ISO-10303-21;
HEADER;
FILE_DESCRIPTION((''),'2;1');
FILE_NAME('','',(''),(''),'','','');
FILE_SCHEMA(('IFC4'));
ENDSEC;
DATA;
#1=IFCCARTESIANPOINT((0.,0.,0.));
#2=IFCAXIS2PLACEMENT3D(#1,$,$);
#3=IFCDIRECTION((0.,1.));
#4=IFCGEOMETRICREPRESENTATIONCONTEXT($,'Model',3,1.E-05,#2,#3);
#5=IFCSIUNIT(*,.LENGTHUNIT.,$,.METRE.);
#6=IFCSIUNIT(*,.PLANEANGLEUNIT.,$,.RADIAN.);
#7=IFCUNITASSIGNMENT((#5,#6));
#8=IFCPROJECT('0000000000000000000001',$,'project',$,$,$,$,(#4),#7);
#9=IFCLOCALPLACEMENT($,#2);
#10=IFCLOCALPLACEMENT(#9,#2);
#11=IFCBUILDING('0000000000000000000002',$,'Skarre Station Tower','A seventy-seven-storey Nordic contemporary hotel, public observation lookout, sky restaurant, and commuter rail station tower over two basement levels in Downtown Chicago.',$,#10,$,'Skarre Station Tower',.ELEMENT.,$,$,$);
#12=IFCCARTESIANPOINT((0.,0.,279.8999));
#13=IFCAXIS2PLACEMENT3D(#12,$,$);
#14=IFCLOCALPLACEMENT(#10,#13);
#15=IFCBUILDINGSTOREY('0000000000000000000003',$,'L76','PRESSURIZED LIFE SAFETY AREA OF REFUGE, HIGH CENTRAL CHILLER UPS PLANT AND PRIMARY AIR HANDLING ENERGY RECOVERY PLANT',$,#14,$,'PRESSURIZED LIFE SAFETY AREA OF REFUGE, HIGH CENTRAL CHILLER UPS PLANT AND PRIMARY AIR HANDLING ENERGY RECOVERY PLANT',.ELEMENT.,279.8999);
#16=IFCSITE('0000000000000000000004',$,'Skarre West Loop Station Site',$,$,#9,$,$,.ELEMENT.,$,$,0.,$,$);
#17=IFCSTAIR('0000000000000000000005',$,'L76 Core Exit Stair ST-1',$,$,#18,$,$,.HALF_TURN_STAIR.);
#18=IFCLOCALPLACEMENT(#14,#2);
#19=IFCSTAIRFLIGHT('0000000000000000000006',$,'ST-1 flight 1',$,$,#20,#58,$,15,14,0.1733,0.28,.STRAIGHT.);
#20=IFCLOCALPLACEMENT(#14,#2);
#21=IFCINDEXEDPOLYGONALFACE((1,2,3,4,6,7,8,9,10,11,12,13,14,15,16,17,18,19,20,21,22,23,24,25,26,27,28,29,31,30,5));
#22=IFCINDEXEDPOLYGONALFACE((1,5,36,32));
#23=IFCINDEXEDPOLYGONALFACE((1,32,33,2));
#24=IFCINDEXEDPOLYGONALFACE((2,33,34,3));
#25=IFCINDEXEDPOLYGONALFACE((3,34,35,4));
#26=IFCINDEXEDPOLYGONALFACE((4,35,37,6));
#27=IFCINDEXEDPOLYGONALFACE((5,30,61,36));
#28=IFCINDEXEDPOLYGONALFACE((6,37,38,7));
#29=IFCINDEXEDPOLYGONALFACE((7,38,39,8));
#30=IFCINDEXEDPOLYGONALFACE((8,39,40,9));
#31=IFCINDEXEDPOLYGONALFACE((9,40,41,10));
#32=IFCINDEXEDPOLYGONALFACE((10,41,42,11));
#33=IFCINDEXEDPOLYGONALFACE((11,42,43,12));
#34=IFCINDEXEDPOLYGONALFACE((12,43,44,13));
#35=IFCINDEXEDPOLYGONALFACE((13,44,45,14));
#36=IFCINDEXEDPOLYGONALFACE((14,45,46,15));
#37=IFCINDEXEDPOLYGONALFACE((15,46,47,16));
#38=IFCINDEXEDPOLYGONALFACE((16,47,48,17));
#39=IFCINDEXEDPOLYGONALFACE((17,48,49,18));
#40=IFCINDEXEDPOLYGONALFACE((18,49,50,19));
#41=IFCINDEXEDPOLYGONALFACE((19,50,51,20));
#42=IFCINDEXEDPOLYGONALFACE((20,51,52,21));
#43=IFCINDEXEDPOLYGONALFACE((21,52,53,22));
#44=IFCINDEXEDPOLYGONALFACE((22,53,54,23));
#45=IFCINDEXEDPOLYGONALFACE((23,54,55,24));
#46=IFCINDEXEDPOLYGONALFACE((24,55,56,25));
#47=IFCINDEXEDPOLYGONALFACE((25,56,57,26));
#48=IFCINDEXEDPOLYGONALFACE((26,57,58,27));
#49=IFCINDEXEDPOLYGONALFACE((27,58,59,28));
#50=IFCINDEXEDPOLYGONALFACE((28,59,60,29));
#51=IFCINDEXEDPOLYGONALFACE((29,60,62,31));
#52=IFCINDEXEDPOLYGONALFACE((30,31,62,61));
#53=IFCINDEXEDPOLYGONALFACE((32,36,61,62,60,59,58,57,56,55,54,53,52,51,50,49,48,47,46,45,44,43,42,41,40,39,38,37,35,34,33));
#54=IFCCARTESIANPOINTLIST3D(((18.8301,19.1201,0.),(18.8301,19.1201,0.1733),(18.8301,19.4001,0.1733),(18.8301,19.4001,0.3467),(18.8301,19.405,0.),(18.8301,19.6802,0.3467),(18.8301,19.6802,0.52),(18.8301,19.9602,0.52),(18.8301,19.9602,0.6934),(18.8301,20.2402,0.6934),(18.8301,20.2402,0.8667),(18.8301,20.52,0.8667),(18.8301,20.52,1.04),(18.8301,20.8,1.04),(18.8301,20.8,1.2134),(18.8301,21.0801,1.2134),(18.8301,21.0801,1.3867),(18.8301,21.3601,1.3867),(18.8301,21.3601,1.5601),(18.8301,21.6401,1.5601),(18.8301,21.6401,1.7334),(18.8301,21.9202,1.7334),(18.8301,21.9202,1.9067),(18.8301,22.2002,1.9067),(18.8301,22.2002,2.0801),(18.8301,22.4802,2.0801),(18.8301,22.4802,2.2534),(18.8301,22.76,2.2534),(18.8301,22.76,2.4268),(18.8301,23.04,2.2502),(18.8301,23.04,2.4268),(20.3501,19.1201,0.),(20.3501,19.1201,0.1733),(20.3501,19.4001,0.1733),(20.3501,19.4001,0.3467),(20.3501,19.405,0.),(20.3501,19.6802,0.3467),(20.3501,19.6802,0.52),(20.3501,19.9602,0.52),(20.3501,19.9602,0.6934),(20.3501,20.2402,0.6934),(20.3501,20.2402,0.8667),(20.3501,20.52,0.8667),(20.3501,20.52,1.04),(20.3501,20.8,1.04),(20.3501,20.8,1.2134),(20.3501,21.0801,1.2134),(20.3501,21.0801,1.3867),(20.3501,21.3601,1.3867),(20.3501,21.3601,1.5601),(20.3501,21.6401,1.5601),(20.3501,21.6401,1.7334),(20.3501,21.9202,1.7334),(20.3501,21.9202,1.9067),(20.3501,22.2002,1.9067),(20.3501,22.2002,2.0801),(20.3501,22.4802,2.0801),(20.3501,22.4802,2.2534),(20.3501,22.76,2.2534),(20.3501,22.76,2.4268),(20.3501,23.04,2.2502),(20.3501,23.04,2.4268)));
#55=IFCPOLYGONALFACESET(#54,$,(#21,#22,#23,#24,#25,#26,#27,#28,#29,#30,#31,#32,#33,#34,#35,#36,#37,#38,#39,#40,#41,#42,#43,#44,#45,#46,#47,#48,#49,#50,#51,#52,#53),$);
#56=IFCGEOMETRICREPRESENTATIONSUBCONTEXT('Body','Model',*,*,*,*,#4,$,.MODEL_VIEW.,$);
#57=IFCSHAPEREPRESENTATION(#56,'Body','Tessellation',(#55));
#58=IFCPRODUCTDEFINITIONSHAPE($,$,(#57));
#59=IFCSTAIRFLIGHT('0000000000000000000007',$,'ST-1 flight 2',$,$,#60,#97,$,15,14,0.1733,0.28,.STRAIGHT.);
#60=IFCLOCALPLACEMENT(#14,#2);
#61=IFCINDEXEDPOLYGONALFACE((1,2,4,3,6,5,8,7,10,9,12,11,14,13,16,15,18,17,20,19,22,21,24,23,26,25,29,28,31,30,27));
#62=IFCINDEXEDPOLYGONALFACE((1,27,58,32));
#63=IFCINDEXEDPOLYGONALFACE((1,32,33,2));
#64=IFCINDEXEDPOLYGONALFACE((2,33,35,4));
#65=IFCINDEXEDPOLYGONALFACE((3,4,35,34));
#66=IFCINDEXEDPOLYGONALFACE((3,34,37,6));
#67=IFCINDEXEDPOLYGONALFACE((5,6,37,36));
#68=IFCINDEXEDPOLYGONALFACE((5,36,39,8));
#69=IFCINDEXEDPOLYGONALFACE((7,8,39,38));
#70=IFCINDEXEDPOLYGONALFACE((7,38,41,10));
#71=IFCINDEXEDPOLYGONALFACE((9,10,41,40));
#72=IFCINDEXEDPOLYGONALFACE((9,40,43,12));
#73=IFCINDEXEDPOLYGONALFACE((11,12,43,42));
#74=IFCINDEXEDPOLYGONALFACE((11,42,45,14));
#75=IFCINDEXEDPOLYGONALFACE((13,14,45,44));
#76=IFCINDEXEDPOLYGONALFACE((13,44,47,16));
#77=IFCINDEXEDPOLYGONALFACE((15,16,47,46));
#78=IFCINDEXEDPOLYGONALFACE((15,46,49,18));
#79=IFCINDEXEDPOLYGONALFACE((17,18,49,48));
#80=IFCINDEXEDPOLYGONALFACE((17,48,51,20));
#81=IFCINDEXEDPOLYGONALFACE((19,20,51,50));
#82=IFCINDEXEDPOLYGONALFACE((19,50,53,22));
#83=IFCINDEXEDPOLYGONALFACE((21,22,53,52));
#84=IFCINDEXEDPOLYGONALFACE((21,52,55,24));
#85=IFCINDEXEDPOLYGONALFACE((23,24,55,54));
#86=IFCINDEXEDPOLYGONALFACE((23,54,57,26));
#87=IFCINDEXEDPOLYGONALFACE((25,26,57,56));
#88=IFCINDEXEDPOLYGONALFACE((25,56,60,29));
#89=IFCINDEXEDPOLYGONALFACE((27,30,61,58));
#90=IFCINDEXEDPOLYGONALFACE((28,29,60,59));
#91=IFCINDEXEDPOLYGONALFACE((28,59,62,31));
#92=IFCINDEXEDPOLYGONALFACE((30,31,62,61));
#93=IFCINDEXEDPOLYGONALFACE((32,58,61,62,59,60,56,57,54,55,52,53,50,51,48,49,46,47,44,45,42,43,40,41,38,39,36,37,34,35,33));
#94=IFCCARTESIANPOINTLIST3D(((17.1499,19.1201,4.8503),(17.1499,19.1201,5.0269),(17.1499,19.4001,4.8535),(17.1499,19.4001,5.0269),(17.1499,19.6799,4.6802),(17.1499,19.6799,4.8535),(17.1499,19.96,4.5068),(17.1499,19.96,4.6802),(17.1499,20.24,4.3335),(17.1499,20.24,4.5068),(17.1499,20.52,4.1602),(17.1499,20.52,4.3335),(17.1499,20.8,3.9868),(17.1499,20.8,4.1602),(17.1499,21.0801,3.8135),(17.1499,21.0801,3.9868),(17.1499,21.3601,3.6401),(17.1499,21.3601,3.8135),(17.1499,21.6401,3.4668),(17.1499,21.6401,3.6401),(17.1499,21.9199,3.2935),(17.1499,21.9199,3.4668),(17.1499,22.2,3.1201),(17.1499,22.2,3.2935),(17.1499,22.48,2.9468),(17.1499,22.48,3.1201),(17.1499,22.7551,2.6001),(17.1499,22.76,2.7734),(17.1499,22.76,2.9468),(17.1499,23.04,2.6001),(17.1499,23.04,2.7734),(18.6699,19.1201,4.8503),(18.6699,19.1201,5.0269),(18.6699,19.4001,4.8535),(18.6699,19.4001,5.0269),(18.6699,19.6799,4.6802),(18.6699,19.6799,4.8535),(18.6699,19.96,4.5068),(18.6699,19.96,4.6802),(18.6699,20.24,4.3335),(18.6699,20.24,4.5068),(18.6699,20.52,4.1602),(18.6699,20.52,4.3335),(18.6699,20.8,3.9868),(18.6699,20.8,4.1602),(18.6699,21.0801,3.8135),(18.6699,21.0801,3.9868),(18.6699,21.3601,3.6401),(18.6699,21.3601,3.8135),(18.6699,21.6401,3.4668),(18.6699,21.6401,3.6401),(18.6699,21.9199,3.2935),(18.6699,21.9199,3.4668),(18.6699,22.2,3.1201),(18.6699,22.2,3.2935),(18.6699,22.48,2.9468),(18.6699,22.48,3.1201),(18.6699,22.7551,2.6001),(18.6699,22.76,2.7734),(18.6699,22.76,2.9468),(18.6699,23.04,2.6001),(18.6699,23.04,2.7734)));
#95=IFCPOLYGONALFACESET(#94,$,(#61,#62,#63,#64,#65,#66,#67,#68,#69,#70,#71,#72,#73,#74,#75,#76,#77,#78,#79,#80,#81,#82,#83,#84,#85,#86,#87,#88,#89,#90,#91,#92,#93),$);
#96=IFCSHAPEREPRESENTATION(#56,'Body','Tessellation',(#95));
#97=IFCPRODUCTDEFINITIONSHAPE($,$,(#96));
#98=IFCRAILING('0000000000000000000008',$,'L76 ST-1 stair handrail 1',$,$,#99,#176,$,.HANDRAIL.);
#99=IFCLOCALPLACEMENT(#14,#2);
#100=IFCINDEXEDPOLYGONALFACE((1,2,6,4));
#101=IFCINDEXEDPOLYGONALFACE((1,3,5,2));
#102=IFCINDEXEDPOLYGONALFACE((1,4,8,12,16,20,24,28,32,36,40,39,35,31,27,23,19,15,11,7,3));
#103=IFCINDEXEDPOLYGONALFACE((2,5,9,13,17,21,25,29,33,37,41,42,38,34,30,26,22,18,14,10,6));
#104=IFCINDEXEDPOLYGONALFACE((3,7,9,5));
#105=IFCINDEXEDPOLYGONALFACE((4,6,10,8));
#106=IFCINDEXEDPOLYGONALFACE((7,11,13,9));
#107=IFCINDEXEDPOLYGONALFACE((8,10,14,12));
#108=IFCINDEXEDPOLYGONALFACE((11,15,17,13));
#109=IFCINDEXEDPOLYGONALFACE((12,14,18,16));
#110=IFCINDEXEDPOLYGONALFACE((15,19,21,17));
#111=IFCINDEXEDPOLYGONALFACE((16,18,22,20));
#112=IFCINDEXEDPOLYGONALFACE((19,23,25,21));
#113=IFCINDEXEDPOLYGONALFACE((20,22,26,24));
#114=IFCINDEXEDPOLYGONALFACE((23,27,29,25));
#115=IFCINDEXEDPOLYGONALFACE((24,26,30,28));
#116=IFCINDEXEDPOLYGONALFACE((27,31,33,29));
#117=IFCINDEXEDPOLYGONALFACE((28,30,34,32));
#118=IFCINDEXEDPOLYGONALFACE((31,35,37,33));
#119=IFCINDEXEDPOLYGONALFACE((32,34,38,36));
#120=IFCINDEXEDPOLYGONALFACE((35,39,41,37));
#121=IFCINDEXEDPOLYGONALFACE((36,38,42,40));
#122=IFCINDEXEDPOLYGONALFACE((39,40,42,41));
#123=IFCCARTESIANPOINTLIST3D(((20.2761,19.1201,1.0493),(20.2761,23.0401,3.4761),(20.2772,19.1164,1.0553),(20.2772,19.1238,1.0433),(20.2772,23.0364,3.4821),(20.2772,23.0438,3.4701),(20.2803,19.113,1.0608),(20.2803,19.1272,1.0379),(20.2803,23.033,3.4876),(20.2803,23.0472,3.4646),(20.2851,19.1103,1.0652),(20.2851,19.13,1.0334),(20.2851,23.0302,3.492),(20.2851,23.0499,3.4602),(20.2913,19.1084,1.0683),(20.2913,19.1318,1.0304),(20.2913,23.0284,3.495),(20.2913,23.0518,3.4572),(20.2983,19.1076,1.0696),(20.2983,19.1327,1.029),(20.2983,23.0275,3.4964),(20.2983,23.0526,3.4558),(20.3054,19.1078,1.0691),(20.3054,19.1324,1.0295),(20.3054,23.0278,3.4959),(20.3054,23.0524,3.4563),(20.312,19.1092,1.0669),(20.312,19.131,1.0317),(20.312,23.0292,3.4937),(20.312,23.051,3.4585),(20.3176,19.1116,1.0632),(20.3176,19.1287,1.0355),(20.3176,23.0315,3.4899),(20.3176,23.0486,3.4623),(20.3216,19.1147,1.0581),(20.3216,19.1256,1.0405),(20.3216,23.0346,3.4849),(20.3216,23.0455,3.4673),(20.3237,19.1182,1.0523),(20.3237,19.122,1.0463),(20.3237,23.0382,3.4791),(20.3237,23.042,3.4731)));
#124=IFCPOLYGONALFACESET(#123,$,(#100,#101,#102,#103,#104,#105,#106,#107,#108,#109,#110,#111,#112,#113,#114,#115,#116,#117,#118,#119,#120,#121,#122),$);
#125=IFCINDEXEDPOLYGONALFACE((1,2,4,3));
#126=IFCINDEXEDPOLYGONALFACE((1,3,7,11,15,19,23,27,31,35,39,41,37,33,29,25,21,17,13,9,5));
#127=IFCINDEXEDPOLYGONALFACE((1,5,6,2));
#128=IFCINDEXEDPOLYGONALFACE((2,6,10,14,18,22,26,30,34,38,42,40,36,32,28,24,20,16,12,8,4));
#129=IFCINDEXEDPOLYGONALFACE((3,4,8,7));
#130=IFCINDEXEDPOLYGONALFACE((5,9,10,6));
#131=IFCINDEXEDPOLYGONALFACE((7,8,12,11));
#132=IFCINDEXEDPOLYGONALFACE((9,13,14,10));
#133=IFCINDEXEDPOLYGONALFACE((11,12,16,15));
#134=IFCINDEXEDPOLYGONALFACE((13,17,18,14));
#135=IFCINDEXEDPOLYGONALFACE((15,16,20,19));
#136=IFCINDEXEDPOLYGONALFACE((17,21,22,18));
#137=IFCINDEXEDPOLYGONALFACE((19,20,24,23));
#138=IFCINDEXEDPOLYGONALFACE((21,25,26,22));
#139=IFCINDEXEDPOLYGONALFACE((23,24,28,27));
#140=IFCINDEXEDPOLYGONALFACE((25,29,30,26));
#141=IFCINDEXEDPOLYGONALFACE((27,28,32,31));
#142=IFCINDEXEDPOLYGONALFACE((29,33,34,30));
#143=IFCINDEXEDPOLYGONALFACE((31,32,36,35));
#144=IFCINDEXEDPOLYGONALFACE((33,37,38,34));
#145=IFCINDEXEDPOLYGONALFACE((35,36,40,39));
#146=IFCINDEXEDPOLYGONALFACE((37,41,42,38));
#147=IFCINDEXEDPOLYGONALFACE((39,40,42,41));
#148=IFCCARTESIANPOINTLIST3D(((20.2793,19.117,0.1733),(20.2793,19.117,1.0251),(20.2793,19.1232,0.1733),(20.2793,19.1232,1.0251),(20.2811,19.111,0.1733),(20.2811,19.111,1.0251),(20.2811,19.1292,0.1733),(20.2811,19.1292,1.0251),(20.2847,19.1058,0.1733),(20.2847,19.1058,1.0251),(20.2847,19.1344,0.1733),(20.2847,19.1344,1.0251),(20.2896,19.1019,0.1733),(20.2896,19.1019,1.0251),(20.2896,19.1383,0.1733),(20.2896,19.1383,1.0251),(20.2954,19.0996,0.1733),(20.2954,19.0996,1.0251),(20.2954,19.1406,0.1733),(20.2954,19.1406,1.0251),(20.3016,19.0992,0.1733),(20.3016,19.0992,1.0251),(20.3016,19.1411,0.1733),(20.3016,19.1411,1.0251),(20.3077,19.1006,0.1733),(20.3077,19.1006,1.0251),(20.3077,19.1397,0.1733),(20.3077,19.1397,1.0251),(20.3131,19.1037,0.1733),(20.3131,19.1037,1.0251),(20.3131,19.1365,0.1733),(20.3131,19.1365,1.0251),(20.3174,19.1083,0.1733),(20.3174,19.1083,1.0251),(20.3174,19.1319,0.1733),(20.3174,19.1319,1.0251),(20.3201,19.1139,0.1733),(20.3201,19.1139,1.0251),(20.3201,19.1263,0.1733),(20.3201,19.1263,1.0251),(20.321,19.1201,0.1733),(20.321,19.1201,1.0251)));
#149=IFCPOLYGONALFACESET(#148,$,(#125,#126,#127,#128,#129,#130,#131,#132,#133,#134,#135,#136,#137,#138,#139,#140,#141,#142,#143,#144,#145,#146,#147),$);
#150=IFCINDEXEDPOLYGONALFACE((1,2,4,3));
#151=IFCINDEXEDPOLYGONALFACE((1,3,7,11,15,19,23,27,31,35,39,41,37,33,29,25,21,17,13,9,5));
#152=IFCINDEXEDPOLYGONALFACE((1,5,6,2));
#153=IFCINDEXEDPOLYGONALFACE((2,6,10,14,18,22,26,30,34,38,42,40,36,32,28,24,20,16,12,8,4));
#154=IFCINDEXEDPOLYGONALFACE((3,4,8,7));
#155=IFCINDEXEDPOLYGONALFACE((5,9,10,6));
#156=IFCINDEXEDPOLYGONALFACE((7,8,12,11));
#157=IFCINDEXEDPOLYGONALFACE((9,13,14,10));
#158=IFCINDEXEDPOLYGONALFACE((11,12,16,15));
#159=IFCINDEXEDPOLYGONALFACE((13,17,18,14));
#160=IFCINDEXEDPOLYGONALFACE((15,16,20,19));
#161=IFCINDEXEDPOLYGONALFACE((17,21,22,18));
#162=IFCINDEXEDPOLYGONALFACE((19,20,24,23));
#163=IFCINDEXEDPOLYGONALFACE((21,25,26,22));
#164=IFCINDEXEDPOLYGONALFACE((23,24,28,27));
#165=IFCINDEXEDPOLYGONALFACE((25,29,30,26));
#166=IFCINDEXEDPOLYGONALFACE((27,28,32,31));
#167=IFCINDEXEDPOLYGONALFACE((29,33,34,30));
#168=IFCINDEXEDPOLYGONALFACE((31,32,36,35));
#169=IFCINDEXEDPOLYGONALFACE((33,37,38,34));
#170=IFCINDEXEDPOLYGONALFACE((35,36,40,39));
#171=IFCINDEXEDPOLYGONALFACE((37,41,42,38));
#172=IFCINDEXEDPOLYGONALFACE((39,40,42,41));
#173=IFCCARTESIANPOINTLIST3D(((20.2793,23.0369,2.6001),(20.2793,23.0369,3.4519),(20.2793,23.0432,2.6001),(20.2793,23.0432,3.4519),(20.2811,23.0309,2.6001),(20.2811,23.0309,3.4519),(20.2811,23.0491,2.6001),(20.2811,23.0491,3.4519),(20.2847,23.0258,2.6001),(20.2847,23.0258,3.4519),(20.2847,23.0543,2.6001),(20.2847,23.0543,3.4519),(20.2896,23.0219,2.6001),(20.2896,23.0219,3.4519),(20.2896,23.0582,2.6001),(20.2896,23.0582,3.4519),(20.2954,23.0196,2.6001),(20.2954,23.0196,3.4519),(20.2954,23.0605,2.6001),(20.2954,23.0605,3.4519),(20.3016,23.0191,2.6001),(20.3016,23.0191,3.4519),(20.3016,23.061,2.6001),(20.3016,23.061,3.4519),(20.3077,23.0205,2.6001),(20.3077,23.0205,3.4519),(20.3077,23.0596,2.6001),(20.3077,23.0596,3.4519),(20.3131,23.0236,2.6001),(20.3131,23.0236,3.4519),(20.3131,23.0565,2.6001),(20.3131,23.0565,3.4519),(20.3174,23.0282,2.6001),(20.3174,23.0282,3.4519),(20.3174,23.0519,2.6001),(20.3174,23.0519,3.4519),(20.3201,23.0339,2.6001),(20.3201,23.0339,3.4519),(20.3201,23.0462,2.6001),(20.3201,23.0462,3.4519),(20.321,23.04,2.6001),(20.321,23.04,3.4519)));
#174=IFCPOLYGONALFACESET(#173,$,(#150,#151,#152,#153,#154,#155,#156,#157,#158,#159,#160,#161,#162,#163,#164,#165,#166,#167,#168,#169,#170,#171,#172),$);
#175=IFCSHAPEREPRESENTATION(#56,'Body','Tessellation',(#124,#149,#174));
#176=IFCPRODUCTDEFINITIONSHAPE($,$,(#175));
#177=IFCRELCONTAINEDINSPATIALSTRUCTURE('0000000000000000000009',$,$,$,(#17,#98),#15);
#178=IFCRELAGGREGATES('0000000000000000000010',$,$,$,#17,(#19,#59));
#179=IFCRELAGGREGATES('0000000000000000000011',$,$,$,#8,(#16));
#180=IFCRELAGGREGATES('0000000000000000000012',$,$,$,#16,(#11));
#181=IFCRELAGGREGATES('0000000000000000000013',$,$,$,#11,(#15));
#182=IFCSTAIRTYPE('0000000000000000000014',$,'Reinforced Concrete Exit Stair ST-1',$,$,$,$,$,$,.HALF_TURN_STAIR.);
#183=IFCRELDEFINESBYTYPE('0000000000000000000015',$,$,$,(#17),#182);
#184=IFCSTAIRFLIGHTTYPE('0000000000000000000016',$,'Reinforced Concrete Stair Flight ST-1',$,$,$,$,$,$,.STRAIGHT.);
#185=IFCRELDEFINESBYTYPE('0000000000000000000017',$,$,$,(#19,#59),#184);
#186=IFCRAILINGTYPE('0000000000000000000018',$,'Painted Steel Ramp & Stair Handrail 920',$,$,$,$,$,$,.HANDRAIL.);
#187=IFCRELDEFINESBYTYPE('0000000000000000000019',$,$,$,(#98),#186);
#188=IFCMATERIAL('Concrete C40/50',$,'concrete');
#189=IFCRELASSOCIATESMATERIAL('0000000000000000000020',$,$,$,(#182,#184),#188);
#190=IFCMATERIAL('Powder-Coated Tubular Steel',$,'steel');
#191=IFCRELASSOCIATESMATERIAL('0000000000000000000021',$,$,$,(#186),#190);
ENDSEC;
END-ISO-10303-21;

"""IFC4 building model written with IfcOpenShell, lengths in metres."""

from ifc_helpers import new_model, si_unit, direction, frame, origin, origin_2d, place, context, subcontext, project, spatial, polyline, circle, outline, extrude, material, type_object, element, aggregate, save


model = new_model("IFC4")

# Units and contexts
model_context = context("Model", 3, precision=1e-05, world=origin(), true_north=direction((0.0, 1.0)))
body_context = subcontext(model_context, "Body", "Model", "MODEL_VIEW")
ifc_project = project(units=[si_unit("LENGTHUNIT", "METRE"), si_unit("PLANEANGLEUNIT", "RADIAN")], contexts=[model_context])

# Site, building, storey
site_placement = place(None, origin())
site = spatial("IfcSite", under=ifc_project, at=site_placement, Name="Skarre West Loop Station Site", CompositionType="ELEMENT", RefElevation=0.0)
building_placement = place(site_placement, origin())
building = spatial("IfcBuilding", under=site, at=building_placement, Name="Skarre Station Tower", Description="A seventy-seven-storey Nordic contemporary hotel, public observation lookout, sky restaurant, and commuter rail station tower over two basement levels in Downtown Chicago.", LongName="Skarre Station Tower", CompositionType="ELEMENT")
storey_placement = place(building_placement, frame((0.0, 0.0, 279.8999)))
storey = spatial("IfcBuildingStorey", under=building, at=storey_placement, Name="L76", Description="PRESSURIZED LIFE SAFETY AREA OF REFUGE, HIGH CENTRAL CHILLER UPS PLANT AND PRIMARY AIR HANDLING ENERGY RECOVERY PLANT", LongName="PRESSURIZED LIFE SAFETY AREA OF REFUGE, HIGH CENTRAL CHILLER UPS PLANT AND PRIMARY AIR HANDLING ENERGY RECOVERY PLANT", CompositionType="ELEMENT", Elevation=279.8999)

# Stair
ifc_material_1 = material(Name="Concrete C40/50", Category="concrete")
stair_type_1 = type_object("IfcStairType", Name="Reinforced Concrete Exit Stair ST-1", PredefinedType="HALF_TURN_STAIR", material=ifc_material_1)
stair_1_placement = place(storey_placement, origin())
stair_1 = element("IfcStair", 1, at=stair_1_placement, inside=storey, type_object=stair_type_1, Name="L76 Core Exit Stair ST-1", PredefinedType="HALF_TURN_STAIR")

# Stair flights
stair_flight_type = type_object("IfcStairFlightType", Name="Reinforced Concrete Stair Flight ST-1", PredefinedType="STRAIGHT", material=ifc_material_1)
stair_flight_1_placement = place(storey_placement, frame((19.5901, 19.1201, 0.0), z_axis=(0.0, 0.0, 1.0), x_axis=(0.0, 1.0, 0.0)))
stair_flight_1 = element("IfcStairFlight", 2, at=stair_flight_1_placement, type_object=stair_flight_type, Name="ST-1 flight 1", NumberOfRisers=15, NumberOfTreads=14, PredefinedType="STRAIGHT", RiserHeight=0.1733, TreadLength=0.28, context=body_context, shape_type="SweptSolid", body=[
    extrude(outline(polyline([(0.0, 0.0), (0.0, 0.1733), (0.28, 0.1733), (0.28, 0.3467), (0.5601, 0.3467), (0.5601, 0.52), (0.8401, 0.52), (0.8401, 0.6934), (1.1201, 0.6934), (1.1201, 0.8667), (1.3999, 0.8667), (1.3999, 1.04), (1.6799, 1.04), (1.6799, 1.2134), (1.96, 1.2134), (1.96, 1.3867), (2.24, 1.3867), (2.24, 1.5601), (2.52, 1.5601), (2.52, 1.7334), (2.8, 1.7334), (2.8, 1.9067), (3.0801, 1.9067), (3.0801, 2.0801), (3.3601, 2.0801), (3.3601, 2.2534), (3.6399, 2.2534), (3.6399, 2.4268), (3.9199, 2.4268), (3.9199, 2.6001), (3.9199, 2.2502), (0.2849, 0.0), (0.0, 0.0)])), frame((0.0, 0.76, 0.0), z_axis=(0.0, -1.0, 0.0), x_axis=(1.0, 0.0, 0.0)), (0.0, 0.0, 1.0), 1.52),
])
stair_flight_2_placement = place(storey_placement, frame((17.9099, 23.04, 2.6001), z_axis=(0.0, 0.0, 1.0), x_axis=(0.0, -1.0, 0.0)))
stair_flight_2 = element("IfcStairFlight", 3, at=stair_flight_2_placement, type_object=stair_flight_type, Name="ST-1 flight 2", NumberOfRisers=15, NumberOfTreads=14, PredefinedType="STRAIGHT", RiserHeight=0.1733, TreadLength=0.28, context=body_context, shape_type="SweptSolid", body=[
    extrude(outline(polyline([(0.0, 0.0), (0.0, 0.1733), (0.28, 0.1733), (0.28, 0.3467), (0.5601, 0.3467), (0.5601, 0.52), (0.8401, 0.52), (0.8401, 0.6934), (1.1201, 0.6934), (1.1201, 0.8667), (1.3999, 0.8667), (1.3999, 1.04), (1.6799, 1.04), (1.6799, 1.2134), (1.96, 1.2134), (1.96, 1.3867), (2.24, 1.3867), (2.24, 1.5601), (2.52, 1.5601), (2.52, 1.7334), (2.8, 1.7334), (2.8, 1.9067), (3.0801, 1.9067), (3.0801, 2.0801), (3.3601, 2.0801), (3.3601, 2.2534), (3.6399, 2.2534), (3.6399, 2.4268), (3.9199, 2.4268), (3.9199, 2.6001), (3.9199, 2.2502), (0.2849, 0.0), (0.0, 0.0)])), frame((0.0, 0.76, 0.0), z_axis=(0.0, -1.0, 0.0), x_axis=(1.0, 0.0, 0.0)), (0.0, 0.0, 1.0), 1.52),
])
aggregate(stair_1, [stair_flight_1, stair_flight_2])

# Railing
ifc_material_2 = material(Name="Powder-Coated Tubular Steel", Category="steel")
railing_type_1 = type_object("IfcRailingType", Name="Painted Steel Ramp & Stair Handrail 920", PredefinedType="HANDRAIL", material=ifc_material_2)
railing_1_placement = place(storey_placement, frame((20.3, 19.1201, 0.1733)))
element("IfcRailing", 4, at=railing_1_placement, inside=storey, type_object=railing_type_1, Name="L76 ST-1 stair handrail 1", PredefinedType="HANDRAIL", context=body_context, shape_type="SweptSolid", body=[
    extrude(circle(Radius=0.0239, at=origin_2d()), frame((0.0, 0.0, 0.876), z_axis=(0.0, 0.850252, 0.526376), x_axis=(-1.0, 0.0, 0.0)), (0.0, 0.0, 1.0), 4.6104),
    extrude(circle(Radius=0.021, at=origin_2d()), origin(), (0.0, 0.0, 1.0), 0.8518),
    extrude(circle(Radius=0.021, at=origin_2d()), frame((0.0, 3.9199, 2.4268)), (0.0, 0.0, 1.0), 0.8518),
])

save(model, "model.ifc")
